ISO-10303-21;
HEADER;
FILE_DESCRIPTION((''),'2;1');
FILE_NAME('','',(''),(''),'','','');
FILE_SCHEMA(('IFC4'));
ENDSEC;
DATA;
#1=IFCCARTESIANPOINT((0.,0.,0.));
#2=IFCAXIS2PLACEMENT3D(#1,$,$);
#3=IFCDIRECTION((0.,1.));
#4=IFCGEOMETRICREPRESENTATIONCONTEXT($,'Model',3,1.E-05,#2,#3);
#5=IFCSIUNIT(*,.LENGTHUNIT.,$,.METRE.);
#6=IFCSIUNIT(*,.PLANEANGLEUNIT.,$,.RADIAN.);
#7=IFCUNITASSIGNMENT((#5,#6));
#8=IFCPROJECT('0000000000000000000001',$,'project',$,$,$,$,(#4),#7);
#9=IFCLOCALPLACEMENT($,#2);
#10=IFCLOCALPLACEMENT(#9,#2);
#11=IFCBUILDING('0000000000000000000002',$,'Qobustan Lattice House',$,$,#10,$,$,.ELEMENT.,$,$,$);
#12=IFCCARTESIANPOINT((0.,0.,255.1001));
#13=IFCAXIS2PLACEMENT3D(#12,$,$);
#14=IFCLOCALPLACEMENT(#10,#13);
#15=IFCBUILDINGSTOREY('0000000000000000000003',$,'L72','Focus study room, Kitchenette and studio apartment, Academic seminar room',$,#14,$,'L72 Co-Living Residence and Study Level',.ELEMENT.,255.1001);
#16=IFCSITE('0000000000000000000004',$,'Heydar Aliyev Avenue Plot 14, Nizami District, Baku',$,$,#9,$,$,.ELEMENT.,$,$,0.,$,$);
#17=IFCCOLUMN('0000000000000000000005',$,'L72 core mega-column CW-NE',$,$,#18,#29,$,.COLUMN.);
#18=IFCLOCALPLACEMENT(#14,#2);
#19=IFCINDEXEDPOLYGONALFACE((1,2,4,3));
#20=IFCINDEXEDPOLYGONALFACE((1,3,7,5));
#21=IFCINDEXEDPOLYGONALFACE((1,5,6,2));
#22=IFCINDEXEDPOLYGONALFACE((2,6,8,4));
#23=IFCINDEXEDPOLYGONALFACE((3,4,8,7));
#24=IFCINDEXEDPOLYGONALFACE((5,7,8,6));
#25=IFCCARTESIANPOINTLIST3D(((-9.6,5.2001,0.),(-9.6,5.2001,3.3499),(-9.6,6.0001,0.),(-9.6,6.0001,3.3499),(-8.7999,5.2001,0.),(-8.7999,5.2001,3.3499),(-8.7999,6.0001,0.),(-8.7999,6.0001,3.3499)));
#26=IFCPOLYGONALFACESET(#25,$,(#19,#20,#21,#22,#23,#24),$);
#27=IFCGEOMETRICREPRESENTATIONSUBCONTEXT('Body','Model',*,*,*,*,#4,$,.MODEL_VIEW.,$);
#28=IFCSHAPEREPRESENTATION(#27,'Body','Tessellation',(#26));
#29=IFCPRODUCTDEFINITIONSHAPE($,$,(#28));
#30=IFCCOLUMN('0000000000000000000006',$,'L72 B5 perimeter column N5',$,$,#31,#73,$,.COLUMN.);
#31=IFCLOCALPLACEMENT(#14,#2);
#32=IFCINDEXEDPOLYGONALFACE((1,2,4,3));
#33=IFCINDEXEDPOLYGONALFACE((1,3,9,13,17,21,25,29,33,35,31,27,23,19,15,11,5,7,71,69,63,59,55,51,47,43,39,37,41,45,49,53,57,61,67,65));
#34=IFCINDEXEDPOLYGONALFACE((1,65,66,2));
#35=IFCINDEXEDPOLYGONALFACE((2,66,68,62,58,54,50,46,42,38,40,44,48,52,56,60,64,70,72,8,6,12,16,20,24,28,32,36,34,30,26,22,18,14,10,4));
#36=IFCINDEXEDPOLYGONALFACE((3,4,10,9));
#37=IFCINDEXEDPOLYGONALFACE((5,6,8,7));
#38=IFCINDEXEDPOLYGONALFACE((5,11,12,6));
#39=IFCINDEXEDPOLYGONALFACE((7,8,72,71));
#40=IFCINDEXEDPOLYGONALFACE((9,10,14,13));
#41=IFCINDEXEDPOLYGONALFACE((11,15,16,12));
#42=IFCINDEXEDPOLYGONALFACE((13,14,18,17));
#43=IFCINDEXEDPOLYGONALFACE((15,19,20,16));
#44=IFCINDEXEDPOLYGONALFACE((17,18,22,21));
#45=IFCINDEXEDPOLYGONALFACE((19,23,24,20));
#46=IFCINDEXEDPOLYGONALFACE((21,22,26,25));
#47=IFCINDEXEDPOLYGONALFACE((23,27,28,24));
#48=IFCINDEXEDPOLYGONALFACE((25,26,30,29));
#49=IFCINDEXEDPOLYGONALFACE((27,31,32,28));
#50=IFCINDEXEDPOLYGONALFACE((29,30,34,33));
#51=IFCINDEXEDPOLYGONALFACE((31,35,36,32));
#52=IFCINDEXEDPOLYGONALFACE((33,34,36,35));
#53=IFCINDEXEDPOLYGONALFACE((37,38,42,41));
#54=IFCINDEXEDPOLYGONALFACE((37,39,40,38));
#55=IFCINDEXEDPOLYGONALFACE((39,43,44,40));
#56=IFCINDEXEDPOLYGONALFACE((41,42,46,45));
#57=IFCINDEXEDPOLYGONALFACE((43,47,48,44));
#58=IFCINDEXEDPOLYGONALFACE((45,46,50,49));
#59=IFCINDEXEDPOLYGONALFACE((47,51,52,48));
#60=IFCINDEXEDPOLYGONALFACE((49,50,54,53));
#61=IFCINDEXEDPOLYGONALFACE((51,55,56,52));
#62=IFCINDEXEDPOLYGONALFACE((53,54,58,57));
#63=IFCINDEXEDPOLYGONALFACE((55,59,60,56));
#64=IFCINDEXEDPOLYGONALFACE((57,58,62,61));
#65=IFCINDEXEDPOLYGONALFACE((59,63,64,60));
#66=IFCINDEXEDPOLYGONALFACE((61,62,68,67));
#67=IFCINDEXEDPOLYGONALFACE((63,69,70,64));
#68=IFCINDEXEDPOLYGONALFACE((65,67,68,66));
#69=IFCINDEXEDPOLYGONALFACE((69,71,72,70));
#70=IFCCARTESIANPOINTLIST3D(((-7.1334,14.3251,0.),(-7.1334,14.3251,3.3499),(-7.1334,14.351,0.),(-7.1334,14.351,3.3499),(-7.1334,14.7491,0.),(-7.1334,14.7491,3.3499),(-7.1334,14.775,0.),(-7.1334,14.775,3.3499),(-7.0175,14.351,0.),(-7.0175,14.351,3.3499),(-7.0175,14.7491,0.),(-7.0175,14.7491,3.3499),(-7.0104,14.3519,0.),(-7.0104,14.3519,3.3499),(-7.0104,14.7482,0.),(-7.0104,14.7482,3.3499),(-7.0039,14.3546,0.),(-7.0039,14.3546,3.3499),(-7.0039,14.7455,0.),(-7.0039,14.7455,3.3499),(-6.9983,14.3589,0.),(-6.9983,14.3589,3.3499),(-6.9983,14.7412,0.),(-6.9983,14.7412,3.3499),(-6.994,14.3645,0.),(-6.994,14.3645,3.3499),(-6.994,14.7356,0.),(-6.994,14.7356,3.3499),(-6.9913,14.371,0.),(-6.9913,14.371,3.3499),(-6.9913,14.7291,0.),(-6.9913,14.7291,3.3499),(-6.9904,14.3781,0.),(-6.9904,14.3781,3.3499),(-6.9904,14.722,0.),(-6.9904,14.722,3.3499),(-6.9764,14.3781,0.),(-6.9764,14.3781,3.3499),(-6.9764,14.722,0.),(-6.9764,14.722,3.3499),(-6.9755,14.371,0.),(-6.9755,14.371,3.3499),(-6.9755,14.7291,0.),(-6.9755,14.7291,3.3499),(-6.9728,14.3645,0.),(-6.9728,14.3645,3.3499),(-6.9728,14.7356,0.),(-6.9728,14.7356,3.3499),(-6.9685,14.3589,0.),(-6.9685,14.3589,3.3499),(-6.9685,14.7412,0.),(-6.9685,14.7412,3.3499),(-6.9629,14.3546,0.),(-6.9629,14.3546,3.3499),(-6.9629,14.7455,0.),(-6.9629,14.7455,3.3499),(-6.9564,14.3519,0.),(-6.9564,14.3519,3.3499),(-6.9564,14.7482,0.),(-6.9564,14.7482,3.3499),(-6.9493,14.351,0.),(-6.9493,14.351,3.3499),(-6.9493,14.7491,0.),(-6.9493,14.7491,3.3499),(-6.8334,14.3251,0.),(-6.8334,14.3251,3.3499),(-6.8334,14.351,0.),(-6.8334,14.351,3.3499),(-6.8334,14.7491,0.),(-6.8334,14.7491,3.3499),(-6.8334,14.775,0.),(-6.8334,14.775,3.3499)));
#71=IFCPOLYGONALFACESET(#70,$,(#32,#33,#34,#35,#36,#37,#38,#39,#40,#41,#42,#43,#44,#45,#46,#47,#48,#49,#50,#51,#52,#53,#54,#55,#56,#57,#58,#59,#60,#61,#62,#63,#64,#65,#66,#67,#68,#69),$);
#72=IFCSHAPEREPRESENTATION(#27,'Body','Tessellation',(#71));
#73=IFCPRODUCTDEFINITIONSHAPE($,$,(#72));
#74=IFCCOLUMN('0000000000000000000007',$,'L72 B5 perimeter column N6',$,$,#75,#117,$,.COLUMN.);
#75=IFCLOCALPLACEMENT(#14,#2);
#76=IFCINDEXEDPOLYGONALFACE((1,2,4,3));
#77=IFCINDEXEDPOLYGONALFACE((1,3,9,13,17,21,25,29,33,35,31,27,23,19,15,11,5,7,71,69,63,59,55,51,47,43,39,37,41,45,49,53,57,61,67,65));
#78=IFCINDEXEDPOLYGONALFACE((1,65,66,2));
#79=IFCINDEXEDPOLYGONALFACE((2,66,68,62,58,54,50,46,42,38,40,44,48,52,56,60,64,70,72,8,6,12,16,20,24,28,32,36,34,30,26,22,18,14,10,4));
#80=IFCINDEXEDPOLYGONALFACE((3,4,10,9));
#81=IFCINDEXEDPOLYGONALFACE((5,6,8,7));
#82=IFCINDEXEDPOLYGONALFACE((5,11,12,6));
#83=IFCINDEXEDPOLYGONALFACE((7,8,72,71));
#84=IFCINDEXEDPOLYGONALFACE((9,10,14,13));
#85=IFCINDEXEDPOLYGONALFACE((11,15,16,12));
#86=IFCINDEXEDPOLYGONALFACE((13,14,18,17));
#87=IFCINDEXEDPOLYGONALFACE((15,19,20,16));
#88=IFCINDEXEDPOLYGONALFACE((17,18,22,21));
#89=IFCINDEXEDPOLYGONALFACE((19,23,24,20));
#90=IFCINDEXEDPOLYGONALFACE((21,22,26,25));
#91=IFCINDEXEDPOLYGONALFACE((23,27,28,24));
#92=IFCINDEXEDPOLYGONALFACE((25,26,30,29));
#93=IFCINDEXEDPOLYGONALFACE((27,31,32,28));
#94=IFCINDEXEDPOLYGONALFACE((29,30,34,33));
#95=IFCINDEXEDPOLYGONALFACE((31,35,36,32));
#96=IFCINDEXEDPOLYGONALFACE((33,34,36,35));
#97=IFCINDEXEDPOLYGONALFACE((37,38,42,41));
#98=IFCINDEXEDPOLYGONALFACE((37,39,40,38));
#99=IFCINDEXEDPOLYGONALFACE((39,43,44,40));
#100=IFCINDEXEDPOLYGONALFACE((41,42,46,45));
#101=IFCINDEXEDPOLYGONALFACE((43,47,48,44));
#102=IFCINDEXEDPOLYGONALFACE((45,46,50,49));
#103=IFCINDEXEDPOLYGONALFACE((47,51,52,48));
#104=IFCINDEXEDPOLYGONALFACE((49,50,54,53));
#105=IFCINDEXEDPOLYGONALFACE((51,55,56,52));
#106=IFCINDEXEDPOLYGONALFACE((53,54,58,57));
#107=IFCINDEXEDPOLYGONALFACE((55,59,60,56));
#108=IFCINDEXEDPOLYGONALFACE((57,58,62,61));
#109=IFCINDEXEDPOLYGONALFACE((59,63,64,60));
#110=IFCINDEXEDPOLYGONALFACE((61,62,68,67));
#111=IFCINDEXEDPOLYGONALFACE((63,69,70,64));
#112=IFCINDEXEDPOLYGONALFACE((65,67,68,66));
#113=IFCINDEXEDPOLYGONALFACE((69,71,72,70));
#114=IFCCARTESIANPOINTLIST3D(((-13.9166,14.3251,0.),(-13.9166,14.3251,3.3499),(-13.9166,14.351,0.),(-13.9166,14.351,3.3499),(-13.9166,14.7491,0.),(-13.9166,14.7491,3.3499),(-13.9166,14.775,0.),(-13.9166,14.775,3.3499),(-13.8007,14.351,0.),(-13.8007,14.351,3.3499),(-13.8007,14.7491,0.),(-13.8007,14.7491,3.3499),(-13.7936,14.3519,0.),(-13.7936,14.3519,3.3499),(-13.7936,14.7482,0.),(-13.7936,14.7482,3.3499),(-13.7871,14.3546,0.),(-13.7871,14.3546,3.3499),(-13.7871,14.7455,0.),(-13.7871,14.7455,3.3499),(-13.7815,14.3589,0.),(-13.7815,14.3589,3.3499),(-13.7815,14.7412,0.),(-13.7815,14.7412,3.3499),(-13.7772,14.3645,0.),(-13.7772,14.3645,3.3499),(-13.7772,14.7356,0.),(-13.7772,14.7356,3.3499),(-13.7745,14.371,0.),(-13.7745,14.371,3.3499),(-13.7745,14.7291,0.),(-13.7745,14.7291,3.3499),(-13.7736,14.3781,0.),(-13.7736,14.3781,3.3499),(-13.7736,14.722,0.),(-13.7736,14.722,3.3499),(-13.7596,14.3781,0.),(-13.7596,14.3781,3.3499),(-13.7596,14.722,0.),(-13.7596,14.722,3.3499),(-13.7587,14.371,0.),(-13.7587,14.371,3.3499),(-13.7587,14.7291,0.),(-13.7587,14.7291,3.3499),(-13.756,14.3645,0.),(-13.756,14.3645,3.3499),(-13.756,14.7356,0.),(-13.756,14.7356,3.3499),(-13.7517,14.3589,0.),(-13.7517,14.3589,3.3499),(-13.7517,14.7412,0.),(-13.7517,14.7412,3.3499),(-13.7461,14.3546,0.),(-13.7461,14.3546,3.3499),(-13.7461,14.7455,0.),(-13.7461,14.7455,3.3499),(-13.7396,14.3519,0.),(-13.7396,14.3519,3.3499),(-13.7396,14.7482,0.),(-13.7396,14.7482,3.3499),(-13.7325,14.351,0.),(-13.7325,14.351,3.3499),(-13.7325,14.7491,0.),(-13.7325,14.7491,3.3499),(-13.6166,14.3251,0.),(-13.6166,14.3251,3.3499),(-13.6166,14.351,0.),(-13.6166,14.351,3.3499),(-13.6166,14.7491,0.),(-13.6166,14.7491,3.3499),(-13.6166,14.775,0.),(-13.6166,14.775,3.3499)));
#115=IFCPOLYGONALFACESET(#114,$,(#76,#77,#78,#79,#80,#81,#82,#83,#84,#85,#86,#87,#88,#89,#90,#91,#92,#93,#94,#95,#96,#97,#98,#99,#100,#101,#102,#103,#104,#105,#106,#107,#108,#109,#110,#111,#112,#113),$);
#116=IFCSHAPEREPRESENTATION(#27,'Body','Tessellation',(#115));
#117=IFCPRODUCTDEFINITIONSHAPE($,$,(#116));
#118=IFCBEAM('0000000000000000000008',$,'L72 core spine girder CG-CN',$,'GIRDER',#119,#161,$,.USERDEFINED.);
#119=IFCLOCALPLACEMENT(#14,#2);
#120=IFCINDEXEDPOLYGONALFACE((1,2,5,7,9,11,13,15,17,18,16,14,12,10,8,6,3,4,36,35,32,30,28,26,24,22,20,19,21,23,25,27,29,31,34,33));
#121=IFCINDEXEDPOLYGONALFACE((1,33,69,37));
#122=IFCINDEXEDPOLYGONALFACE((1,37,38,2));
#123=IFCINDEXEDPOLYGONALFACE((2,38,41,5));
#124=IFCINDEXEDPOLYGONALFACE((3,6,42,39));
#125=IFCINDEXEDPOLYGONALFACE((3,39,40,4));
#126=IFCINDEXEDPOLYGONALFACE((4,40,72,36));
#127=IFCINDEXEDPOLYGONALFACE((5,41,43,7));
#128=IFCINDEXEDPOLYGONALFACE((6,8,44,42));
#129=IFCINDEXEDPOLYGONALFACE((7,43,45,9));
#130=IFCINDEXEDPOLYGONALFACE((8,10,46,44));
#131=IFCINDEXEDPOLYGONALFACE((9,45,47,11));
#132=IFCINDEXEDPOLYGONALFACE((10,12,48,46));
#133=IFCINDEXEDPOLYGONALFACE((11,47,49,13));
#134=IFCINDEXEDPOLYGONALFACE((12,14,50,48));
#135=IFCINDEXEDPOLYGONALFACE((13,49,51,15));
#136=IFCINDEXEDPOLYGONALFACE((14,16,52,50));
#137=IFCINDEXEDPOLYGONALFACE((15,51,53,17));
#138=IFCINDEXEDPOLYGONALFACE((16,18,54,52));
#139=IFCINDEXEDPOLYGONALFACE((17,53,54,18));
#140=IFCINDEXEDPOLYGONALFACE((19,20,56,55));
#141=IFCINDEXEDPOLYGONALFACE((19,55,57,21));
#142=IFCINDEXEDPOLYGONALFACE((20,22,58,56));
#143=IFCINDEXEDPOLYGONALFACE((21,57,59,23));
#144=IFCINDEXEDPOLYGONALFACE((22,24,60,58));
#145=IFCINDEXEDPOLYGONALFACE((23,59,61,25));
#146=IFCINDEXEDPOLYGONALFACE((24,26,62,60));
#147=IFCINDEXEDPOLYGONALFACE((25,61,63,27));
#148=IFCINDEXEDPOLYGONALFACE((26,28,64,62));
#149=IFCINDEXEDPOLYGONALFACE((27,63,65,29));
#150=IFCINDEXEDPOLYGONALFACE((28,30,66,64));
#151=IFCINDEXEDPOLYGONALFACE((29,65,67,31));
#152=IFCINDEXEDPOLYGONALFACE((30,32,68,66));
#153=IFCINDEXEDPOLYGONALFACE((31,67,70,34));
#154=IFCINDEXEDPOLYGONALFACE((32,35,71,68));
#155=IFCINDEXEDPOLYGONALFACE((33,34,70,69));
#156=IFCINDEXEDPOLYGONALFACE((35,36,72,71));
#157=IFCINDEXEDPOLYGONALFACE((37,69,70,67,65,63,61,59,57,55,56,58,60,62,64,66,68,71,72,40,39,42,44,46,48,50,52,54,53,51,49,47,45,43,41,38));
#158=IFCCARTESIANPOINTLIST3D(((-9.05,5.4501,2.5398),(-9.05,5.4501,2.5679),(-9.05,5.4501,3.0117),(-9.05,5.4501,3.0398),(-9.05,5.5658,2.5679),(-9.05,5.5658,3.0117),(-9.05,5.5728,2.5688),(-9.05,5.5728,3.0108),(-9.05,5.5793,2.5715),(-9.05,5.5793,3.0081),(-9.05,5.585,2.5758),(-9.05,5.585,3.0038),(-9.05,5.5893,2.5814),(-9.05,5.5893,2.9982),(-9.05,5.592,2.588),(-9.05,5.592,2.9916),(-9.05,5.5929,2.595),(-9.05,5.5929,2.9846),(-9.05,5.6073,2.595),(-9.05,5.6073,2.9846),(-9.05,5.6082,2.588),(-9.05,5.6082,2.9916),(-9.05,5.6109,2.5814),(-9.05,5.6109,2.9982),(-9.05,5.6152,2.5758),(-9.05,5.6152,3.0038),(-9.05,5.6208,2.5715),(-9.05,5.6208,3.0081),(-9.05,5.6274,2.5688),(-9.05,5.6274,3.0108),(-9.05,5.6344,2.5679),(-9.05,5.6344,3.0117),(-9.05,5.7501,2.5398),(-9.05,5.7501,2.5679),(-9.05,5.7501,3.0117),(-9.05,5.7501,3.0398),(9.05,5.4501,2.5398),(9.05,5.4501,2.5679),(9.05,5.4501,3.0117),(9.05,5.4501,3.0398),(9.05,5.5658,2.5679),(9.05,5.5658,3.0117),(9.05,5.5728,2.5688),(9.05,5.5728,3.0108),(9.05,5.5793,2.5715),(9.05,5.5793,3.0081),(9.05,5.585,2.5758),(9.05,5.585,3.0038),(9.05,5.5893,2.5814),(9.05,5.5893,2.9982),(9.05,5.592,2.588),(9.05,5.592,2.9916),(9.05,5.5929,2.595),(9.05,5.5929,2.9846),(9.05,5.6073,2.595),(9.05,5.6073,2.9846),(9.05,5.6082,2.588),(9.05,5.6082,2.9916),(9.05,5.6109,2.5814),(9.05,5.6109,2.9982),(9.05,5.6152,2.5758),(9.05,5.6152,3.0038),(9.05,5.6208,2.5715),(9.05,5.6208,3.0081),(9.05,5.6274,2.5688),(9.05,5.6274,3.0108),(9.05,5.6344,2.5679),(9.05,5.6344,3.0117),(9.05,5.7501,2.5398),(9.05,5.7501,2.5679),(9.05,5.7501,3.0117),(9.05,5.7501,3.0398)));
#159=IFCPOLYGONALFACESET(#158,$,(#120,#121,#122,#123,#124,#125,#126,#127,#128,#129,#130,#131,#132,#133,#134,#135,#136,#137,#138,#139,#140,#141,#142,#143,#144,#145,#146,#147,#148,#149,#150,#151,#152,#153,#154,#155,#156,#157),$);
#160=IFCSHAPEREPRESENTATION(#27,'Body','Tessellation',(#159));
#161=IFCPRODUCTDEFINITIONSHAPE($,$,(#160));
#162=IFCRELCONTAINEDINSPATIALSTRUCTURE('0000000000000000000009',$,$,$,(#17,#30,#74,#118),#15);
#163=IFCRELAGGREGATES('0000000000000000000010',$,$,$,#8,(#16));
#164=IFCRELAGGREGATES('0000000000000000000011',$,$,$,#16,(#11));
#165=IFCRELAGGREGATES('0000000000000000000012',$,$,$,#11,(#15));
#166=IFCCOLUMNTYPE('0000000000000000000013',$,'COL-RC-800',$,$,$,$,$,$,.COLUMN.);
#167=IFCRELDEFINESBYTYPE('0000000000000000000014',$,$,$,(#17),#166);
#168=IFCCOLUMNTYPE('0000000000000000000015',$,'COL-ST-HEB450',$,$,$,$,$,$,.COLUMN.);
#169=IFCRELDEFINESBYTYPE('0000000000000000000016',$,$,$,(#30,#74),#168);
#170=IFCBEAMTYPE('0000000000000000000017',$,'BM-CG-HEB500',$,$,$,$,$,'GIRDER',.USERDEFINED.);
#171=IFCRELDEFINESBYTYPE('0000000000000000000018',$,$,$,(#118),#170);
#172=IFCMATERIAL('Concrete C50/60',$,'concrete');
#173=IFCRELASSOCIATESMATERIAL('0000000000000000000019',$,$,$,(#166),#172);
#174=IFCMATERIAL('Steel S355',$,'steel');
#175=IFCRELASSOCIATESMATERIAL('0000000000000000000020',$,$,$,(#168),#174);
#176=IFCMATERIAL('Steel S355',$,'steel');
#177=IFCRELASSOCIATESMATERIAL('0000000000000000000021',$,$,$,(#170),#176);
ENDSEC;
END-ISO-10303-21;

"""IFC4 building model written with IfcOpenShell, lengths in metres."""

from ifc_helpers import new_model, si_unit, direction, frame, origin, origin_2d, place, context, subcontext, project, spatial, rectangle, i_section, extrude, material, material_profile, profile_set, type_object, element, save


model = new_model("IFC4")

# Units and contexts
model_context = context("Model", 3, precision=1e-05, world=origin(), true_north=direction((0.0, 1.0)))
body_context = subcontext(model_context, "Body", "Model", "MODEL_VIEW")
ifc_project = project(units=[si_unit("LENGTHUNIT", "METRE"), si_unit("PLANEANGLEUNIT", "RADIAN")], contexts=[model_context])

# Site, building, storey
site_placement = place(None, origin())
site = spatial("IfcSite", under=ifc_project, at=site_placement, Name="Heydar Aliyev Avenue Plot 14, Nizami District, Baku", CompositionType="ELEMENT", RefElevation=0.0)
building_placement = place(site_placement, origin())
building = spatial("IfcBuilding", under=site, at=building_placement, Name="Qobustan Lattice House", CompositionType="ELEMENT")
storey_placement = place(building_placement, frame((0.0, 0.0, 255.1001)))
storey = spatial("IfcBuildingStorey", under=building, at=storey_placement, Name="L72", Description="Focus study room, Kitchenette and studio apartment, Academic seminar room", LongName="L72 Co-Living Residence and Study Level", CompositionType="ELEMENT", Elevation=255.1001)

# Columns
ifc_material_1 = material(Name="Concrete C50/60", Category="concrete")
ifc_material_profile_1 = material_profile(ifc_material_1, rectangle(XDim=0.8, YDim=0.8, at=origin_2d()), Name="RC800x800")
ifc_profile_set_1 = profile_set([ifc_material_profile_1], Name="Concrete C50/60")
column_type_1 = type_object("IfcColumnType", Name="COL-RC-800", PredefinedType="COLUMN", material=ifc_profile_set_1)
column_placement = place(storey_placement, frame((-9.2, 5.6001, 0.0), z_axis=(0.0, 0.0, 1.0), x_axis=(1.0, 0.0, 0.0)))
element("IfcColumn", 1, at=column_placement, inside=storey, type_object=column_type_1, Name="L72 core mega-column CW-NE", PredefinedType="COLUMN", context=body_context, shape_type="SweptSolid", body=[
    extrude(rectangle(XDim=0.8, YDim=0.8, at=origin_2d()), origin(), (0.0, 0.0, 1.0), 3.3499),
])
ifc_material_2 = material(Name="Steel S355", Category="steel")
ifc_material_profile_2 = material_profile(ifc_material_2, i_section(OverallWidth=0.3, OverallDepth=0.45, WebThickness=0.0139, FlangeThickness=0.0259, FilletRadius=0.0271, at=origin_2d()), Name="HEB450")
ifc_profile_set_2 = profile_set([ifc_material_profile_2], Name="Steel S355")
column_type_2 = type_object("IfcColumnType", Name="COL-ST-HEB450", PredefinedType="COLUMN", material=ifc_profile_set_2)
for number, where, z_axis, x_axis, name in (
    (2, (-6.9834, 14.55, 0.0), (0.0, 0.0, 1.0), (1.0, 0.0, 0.0), "L72 B5 perimeter column N5"),
    (3, (-13.7666, 14.55, 0.0), (0.0, 0.0, 1.0), (1.0, 0.0, 0.0), "L72 B5 perimeter column N6"),
):
    element("IfcColumn", number, at=place(storey_placement, frame(where, z_axis=z_axis, x_axis=x_axis)), inside=storey, type_object=column_type_2, Name=name, PredefinedType="COLUMN", context=body_context, shape_type="SweptSolid", body=[
        extrude(i_section(OverallWidth=0.3, OverallDepth=0.45, WebThickness=0.0139, FlangeThickness=0.0259, FilletRadius=0.0271, at=origin_2d()), origin(), (0.0, 0.0, 1.0), 3.3499),
    ])

# Beam
ifc_material_3 = material(Name="Steel S355", Category="steel")
ifc_material_profile_3 = material_profile(ifc_material_3, i_section(OverallWidth=0.3, OverallDepth=0.5, WebThickness=0.0144, FlangeThickness=0.0281, FilletRadius=0.0271, at=origin_2d()), Name="HEB500")
ifc_profile_set_3 = profile_set([ifc_material_profile_3], Name="Steel S355")
beam_type_1 = type_object("IfcBeamType", Name="BM-CG-HEB500", ElementType="GIRDER", PredefinedType="USERDEFINED", material=ifc_profile_set_3)
beam_1_placement = place(storey_placement, frame((-9.05, 5.6001, 2.7898), z_axis=(1.0, 0.0, 0.0), x_axis=(0.0, 1.0, 0.0)))
element("IfcBeam", 4, at=beam_1_placement, inside=storey, type_object=beam_type_1, Name="L72 core spine girder CG-CN", ObjectType="GIRDER", PredefinedType="USERDEFINED", context=body_context, shape_type="SweptSolid", body=[
    extrude(i_section(OverallWidth=0.3, OverallDepth=0.5, WebThickness=0.0144, FlangeThickness=0.0281, FilletRadius=0.0271, at=origin_2d()), origin(), (0.0, 0.0, 1.0), 18.1001),
])

save(model, "model.ifc")
